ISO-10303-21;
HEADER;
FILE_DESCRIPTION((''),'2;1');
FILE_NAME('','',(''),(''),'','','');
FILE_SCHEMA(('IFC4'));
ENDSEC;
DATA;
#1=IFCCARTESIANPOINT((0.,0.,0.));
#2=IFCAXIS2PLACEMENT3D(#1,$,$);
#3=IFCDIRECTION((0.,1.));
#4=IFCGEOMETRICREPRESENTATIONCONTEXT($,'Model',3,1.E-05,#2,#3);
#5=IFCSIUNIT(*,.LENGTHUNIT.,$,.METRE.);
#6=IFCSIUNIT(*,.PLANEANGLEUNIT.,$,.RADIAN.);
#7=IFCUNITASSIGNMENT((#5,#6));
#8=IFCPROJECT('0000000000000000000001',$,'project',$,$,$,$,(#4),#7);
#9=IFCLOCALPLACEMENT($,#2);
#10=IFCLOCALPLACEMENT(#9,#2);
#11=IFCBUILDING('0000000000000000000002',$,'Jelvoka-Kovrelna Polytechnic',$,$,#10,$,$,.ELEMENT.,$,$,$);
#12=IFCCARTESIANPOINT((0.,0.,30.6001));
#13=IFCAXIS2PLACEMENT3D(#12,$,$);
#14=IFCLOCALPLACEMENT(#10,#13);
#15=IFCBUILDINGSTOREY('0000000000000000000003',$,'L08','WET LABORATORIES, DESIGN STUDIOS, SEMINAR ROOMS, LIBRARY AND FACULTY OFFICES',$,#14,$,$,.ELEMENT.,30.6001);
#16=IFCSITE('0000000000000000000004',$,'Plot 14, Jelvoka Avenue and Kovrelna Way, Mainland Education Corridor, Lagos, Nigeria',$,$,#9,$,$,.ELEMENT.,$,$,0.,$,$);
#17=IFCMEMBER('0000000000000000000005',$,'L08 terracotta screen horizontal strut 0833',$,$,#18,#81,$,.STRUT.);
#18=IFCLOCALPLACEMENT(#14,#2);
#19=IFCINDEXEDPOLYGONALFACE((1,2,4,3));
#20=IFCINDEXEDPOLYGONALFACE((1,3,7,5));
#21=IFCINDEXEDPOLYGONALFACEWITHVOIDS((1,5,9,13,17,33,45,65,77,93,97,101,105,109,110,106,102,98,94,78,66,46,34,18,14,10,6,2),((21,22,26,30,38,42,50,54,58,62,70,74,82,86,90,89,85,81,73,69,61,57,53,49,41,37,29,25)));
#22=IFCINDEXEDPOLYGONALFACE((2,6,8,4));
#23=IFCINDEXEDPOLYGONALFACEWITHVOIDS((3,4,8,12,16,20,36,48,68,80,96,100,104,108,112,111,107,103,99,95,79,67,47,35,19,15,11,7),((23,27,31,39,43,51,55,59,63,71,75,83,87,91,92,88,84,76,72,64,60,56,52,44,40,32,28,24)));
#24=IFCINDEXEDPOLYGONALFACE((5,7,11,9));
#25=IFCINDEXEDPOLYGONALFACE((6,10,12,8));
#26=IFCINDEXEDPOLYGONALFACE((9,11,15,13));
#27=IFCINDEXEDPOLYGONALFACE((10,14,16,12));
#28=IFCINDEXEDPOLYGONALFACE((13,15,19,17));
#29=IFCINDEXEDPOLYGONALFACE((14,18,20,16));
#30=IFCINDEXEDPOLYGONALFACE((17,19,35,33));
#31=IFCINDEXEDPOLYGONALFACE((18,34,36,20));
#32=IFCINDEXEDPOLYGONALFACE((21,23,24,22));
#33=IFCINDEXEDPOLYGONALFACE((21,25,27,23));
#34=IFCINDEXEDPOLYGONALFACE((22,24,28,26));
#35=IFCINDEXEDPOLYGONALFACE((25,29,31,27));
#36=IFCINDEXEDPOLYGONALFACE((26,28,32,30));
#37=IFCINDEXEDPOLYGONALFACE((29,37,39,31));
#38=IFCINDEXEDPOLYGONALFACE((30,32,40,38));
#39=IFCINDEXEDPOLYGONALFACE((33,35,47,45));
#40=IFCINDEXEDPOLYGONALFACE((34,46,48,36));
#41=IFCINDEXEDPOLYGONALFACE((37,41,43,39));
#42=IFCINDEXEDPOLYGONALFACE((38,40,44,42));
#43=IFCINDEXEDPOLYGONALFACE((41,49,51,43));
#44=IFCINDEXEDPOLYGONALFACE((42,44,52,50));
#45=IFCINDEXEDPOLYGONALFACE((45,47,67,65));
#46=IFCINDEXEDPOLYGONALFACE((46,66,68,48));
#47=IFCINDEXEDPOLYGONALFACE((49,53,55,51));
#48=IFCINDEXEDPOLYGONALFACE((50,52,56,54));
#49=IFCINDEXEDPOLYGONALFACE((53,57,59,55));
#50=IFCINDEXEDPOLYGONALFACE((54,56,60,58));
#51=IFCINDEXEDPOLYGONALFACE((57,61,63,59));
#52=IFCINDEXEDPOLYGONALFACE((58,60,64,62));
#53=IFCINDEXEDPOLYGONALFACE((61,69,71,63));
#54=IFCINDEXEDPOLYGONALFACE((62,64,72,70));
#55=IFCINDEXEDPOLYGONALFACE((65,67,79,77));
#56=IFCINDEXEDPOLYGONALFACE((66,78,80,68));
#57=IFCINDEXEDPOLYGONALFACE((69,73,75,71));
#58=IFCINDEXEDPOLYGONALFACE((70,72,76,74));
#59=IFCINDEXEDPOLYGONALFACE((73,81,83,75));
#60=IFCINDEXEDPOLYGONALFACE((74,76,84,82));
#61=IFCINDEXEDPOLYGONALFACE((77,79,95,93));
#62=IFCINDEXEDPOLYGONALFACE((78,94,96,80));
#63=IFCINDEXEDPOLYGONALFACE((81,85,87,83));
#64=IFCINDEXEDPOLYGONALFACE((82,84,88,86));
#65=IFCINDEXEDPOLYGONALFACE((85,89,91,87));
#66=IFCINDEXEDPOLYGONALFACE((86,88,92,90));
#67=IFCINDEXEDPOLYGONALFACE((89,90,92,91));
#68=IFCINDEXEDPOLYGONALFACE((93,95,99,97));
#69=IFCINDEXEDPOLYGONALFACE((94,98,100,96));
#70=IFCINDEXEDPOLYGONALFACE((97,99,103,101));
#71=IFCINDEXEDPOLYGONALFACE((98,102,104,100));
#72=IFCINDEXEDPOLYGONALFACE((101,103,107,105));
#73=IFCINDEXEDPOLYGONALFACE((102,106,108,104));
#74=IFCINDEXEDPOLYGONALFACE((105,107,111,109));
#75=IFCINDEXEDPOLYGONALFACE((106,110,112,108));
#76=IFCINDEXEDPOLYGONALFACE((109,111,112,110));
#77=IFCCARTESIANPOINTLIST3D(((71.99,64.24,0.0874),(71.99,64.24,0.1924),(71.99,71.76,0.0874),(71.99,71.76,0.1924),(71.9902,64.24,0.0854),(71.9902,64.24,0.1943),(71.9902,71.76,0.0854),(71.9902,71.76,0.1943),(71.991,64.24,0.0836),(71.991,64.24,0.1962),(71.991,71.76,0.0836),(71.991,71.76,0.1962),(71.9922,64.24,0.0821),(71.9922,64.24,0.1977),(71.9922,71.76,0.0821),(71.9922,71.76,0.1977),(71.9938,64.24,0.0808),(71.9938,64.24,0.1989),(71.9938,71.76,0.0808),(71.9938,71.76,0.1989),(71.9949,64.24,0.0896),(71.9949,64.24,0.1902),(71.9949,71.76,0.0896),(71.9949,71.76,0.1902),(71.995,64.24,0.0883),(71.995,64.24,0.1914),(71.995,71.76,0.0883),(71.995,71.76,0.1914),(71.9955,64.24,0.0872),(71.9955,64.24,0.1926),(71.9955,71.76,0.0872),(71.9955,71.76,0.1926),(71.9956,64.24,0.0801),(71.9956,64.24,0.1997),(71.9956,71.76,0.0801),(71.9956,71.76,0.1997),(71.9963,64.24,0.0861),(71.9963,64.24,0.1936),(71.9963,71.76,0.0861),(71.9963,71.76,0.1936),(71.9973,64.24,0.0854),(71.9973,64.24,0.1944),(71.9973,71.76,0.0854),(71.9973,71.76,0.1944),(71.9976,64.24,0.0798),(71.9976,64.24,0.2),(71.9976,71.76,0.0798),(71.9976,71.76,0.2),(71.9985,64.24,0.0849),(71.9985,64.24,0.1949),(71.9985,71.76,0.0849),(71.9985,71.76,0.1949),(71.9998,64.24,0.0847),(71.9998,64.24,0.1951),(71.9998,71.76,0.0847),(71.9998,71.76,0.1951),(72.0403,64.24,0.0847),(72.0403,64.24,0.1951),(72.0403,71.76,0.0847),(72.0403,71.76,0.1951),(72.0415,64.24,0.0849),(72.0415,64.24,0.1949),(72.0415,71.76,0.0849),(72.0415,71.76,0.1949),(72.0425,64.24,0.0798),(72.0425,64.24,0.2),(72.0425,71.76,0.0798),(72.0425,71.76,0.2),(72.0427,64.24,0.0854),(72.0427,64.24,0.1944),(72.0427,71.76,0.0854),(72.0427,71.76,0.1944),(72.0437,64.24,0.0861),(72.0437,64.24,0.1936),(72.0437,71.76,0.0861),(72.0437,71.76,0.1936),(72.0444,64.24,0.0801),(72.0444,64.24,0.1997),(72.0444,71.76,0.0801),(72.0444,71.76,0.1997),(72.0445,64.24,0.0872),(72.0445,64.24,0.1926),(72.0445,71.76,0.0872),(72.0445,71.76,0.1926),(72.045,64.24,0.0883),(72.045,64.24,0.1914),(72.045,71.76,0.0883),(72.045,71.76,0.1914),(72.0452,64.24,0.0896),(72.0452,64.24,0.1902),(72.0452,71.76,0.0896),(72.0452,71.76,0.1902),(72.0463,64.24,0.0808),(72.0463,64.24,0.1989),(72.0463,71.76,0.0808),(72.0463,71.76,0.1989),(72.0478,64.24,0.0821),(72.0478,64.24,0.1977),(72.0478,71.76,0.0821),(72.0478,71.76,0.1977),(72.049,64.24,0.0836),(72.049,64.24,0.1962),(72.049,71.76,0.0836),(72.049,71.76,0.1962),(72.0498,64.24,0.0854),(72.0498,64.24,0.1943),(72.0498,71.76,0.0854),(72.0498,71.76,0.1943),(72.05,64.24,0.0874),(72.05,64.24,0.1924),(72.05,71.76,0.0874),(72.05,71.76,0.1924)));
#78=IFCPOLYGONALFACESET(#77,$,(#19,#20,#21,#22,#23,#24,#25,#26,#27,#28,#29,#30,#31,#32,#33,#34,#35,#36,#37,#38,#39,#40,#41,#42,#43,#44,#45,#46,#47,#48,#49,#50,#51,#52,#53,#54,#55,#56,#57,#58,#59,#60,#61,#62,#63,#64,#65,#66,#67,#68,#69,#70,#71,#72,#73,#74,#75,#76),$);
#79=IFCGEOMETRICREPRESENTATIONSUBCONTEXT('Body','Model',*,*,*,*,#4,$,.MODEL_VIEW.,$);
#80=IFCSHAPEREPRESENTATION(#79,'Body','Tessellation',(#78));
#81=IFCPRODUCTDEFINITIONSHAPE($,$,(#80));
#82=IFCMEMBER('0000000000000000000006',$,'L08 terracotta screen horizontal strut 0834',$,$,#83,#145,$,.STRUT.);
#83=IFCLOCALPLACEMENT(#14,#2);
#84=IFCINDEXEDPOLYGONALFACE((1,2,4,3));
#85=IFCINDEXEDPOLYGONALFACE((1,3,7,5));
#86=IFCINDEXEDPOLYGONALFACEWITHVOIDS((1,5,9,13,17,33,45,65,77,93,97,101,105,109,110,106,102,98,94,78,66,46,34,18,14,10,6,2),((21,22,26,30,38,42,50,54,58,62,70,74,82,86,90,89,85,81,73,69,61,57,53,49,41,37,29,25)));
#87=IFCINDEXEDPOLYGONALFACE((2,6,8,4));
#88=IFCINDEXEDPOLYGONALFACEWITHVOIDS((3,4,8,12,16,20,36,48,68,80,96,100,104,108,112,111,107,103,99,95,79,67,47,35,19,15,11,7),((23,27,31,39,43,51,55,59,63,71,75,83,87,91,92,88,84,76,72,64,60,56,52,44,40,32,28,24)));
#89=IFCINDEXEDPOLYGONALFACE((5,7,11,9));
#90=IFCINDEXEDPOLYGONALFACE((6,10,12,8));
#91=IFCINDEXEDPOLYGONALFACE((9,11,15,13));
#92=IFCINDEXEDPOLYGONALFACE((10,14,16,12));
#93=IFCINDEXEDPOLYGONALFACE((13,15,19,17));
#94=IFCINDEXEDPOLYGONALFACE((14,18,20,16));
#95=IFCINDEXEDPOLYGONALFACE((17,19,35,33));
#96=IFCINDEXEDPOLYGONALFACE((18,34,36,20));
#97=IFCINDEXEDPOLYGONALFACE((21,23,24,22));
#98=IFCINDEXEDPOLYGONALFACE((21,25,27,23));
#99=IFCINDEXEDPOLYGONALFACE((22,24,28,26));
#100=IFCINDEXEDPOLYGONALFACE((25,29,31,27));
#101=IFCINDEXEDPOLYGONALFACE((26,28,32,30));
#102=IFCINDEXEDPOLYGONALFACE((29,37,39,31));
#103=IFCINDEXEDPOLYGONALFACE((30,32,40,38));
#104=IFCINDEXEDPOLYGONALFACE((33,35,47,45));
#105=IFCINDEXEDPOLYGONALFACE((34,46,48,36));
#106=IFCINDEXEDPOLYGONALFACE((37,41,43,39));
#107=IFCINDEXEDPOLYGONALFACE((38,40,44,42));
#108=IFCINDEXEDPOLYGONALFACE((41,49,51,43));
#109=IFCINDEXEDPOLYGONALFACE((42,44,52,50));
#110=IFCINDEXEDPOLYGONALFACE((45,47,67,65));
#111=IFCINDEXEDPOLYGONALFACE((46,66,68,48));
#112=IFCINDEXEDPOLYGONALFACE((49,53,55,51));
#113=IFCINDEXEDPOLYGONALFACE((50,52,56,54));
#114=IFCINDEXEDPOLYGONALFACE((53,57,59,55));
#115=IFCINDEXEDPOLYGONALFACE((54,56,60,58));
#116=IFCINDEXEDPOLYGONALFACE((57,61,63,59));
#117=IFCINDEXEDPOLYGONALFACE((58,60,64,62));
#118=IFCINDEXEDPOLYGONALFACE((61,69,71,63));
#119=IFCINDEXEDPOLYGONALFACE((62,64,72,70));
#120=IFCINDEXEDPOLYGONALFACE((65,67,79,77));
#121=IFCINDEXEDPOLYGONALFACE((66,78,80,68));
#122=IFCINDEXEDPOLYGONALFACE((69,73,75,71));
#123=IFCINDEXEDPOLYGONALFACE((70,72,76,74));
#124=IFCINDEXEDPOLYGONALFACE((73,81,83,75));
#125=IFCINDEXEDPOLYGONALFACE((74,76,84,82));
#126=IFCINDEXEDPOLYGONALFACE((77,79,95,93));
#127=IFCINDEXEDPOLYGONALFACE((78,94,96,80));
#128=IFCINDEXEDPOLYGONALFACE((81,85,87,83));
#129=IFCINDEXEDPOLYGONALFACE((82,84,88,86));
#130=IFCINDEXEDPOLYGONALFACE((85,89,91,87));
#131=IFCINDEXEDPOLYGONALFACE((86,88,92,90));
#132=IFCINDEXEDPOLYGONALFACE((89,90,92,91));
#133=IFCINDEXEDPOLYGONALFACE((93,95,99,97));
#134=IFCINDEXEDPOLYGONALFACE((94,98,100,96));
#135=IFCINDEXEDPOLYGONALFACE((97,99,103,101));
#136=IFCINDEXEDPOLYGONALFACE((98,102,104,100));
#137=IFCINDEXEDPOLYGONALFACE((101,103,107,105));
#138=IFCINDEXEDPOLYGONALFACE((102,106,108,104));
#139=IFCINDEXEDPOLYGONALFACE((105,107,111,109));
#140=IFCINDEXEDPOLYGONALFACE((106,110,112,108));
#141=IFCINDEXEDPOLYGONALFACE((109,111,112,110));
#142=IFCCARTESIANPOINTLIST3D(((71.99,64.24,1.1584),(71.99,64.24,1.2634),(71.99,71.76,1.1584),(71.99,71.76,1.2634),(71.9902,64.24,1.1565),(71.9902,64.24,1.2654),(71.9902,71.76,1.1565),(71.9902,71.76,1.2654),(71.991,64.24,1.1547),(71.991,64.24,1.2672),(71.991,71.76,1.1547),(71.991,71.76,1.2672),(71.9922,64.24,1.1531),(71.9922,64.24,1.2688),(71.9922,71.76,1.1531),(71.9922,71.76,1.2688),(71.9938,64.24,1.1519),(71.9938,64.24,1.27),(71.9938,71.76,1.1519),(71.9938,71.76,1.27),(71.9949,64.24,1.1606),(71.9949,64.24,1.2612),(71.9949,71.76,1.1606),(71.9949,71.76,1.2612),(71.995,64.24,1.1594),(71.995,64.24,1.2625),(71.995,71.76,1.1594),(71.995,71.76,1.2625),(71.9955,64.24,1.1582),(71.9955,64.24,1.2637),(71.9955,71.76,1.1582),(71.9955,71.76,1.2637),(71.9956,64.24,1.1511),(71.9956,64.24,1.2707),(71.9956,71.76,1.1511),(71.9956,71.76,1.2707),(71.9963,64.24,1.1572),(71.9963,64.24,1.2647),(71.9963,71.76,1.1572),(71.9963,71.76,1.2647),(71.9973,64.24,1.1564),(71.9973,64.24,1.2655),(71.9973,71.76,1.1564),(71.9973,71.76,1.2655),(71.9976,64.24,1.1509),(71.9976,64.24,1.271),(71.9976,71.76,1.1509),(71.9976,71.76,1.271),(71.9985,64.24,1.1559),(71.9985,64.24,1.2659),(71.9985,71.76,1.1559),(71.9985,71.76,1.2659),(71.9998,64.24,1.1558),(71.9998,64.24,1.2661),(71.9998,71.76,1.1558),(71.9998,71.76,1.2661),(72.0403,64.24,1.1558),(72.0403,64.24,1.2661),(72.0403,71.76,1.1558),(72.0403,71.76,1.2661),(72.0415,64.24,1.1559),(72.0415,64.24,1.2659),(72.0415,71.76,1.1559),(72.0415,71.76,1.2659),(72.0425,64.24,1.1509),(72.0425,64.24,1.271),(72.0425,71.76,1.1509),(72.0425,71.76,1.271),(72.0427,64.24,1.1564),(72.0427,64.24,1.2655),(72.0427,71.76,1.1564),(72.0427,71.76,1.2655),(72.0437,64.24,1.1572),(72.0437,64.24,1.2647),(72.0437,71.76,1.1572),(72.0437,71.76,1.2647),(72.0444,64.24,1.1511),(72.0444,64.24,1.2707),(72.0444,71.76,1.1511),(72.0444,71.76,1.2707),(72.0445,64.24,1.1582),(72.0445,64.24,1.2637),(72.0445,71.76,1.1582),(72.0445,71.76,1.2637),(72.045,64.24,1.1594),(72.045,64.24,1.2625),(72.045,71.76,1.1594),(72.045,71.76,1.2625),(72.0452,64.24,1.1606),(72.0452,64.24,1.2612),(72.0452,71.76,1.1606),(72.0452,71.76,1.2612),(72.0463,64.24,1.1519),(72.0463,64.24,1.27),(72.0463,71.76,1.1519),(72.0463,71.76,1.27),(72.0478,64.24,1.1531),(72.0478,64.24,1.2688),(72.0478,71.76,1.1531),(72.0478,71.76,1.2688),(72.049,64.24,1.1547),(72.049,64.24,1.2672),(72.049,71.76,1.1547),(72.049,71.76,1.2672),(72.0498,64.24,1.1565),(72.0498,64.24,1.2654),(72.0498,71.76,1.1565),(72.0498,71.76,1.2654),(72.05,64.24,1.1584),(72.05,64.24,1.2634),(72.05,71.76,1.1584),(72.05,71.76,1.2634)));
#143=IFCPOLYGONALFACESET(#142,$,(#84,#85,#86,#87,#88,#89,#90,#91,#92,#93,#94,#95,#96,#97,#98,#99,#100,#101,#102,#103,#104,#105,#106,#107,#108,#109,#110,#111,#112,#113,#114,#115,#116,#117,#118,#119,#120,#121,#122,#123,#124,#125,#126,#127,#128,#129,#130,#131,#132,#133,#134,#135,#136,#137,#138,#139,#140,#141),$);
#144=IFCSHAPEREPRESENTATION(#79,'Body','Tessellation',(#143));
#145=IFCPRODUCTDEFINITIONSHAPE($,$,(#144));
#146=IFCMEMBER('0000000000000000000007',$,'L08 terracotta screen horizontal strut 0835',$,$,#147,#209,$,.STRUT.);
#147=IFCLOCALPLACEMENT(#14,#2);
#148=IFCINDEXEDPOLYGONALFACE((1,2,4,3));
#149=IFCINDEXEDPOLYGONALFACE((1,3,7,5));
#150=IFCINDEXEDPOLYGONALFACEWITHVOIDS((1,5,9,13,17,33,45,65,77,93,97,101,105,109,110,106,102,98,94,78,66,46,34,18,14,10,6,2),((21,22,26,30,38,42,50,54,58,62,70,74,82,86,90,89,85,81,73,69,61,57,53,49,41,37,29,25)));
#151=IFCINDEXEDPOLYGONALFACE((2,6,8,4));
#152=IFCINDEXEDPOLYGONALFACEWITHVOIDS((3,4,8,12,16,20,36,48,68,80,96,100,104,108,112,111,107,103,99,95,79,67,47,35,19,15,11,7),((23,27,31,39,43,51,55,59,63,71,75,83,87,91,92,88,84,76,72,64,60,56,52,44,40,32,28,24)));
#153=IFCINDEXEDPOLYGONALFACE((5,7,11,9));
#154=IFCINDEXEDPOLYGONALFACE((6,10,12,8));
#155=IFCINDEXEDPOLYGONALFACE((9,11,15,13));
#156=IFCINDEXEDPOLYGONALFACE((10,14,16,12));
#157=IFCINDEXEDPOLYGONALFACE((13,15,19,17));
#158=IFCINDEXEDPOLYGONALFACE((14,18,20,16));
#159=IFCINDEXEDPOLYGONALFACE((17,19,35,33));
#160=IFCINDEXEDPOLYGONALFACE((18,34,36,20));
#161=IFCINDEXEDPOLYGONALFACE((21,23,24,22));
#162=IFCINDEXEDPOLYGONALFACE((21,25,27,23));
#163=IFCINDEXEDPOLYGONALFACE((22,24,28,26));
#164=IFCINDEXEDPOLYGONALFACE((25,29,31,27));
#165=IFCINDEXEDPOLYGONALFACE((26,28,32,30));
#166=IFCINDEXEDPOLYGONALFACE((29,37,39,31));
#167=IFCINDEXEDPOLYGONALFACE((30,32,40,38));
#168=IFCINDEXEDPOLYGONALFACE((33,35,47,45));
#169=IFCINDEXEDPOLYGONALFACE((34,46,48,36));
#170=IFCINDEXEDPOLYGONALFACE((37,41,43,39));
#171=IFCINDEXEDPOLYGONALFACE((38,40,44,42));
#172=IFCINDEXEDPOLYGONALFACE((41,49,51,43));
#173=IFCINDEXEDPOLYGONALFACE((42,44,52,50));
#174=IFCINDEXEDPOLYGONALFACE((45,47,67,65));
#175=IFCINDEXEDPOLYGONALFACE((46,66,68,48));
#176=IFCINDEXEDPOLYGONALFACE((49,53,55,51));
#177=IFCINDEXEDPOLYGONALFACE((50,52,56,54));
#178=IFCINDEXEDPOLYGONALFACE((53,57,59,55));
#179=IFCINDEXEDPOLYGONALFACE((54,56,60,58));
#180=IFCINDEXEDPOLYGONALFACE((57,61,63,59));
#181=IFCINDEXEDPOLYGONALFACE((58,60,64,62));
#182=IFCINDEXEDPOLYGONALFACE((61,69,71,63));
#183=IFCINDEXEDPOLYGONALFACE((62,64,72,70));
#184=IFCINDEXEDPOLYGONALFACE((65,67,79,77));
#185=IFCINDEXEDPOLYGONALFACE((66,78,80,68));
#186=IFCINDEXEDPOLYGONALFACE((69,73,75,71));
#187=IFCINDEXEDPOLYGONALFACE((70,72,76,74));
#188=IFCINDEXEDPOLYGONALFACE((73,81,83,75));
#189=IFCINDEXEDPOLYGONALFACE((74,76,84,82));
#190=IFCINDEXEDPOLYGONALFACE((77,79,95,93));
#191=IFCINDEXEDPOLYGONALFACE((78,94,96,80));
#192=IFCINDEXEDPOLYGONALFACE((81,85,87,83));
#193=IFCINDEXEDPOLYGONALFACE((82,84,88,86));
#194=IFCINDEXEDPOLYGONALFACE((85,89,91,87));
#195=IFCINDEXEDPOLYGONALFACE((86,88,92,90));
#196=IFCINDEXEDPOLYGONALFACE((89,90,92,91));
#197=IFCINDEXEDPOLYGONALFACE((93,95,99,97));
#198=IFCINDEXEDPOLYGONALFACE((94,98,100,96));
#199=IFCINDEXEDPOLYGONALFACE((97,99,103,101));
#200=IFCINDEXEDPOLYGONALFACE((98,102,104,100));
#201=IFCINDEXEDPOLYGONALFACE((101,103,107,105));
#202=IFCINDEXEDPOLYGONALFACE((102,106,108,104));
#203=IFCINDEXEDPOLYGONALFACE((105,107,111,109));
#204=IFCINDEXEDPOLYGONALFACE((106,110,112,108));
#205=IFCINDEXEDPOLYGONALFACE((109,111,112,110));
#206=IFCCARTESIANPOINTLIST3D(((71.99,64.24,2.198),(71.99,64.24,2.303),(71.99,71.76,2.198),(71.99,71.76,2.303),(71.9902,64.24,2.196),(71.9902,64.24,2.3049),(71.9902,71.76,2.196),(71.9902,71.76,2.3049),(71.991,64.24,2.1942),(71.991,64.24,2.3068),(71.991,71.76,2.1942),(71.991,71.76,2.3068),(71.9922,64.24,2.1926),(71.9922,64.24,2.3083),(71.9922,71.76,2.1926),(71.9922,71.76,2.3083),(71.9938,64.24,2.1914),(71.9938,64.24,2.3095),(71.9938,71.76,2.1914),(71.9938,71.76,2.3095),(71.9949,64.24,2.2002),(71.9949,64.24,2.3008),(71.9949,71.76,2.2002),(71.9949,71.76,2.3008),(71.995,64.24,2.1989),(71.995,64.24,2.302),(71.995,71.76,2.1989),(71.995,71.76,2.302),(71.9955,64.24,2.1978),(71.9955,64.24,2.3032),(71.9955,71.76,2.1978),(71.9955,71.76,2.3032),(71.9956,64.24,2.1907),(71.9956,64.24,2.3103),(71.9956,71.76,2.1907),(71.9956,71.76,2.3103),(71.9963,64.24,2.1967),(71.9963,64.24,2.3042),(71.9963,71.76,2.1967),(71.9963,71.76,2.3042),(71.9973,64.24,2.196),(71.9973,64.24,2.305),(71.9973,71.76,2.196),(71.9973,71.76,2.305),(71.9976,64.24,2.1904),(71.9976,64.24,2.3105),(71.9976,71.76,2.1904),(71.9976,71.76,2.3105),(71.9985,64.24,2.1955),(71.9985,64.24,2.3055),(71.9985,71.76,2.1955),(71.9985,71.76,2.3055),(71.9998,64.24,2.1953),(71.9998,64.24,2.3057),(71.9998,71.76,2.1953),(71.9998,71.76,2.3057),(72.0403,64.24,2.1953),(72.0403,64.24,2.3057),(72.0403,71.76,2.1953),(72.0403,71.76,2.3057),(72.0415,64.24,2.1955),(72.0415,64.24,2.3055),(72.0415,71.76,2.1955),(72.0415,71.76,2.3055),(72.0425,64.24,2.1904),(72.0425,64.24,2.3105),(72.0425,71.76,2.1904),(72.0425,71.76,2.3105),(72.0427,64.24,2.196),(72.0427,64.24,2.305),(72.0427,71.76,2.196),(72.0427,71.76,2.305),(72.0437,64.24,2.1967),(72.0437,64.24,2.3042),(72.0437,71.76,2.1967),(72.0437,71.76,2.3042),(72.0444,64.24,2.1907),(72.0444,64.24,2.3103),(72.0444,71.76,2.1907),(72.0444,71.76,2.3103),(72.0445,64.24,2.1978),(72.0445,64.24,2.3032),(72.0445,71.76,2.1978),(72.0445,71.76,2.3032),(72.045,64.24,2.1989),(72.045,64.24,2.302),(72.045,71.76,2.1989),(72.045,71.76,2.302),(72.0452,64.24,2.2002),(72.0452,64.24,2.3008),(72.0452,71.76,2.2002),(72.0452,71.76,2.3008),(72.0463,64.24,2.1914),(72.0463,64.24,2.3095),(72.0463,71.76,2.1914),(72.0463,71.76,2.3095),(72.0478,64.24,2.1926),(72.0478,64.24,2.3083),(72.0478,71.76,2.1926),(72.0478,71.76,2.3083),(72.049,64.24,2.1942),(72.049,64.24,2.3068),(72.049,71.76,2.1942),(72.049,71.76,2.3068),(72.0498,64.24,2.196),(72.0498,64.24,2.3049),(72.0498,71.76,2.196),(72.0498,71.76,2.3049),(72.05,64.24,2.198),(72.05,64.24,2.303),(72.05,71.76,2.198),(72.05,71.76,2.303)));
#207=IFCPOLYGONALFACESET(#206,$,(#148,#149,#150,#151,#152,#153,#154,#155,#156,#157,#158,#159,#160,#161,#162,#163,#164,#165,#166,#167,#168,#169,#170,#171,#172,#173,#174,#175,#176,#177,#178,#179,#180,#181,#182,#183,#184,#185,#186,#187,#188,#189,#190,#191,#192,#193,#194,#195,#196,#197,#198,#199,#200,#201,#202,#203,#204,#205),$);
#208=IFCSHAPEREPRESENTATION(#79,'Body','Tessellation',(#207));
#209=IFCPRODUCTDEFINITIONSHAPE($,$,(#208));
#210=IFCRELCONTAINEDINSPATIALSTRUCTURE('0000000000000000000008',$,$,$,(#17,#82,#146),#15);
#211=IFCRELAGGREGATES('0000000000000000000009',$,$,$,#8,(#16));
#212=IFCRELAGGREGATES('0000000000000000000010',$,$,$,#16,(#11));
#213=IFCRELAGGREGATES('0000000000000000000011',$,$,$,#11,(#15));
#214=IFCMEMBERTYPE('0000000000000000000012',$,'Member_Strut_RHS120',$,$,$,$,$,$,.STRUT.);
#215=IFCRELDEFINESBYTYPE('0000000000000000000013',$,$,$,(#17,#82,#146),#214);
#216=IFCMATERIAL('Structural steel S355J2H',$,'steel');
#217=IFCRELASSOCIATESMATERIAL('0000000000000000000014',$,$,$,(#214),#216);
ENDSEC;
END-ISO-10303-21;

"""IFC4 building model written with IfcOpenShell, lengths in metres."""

from ifc_helpers import new_model, si_unit, direction, frame, origin, origin_2d, place, context, subcontext, project, spatial, hollow_rectangle, extrude, material, material_profile, profile_set, type_object, element, save


model = new_model("IFC4")

# Units and contexts
model_context = context("Model", 3, precision=1e-05, world=origin(), true_north=direction((0.0, 1.0)))
body_context = subcontext(model_context, "Body", "Model", "MODEL_VIEW")
ifc_project = project(units=[si_unit("LENGTHUNIT", "METRE"), si_unit("PLANEANGLEUNIT", "RADIAN")], contexts=[model_context])

# Site, building, storey
site_placement = place(None, origin())
site = spatial("IfcSite", under=ifc_project, at=site_placement, Name="Plot 14, Jelvoka Avenue and Kovrelna Way, Mainland Education Corridor, Lagos, Nigeria", CompositionType="ELEMENT", RefElevation=0.0)
building_placement = place(site_placement, origin())
building = spatial("IfcBuilding", under=site, at=building_placement, Name="Jelvoka-Kovrelna Polytechnic", CompositionType="ELEMENT")
storey_placement = place(building_placement, frame((0.0, 0.0, 30.6001)))
storey = spatial("IfcBuildingStorey", under=building, at=storey_placement, Name="L08", Description="WET LABORATORIES, DESIGN STUDIOS, SEMINAR ROOMS, LIBRARY AND FACULTY OFFICES", CompositionType="ELEMENT", Elevation=30.6001)

# Members
ifc_material_1 = material(Name="Structural steel S355J2H", Category="steel")
ifc_material_profile_1 = material_profile(ifc_material_1, hollow_rectangle(XDim=0.0601, YDim=0.1201, WallThickness=0.0049, InnerFilletRadius=0.0049, OuterFilletRadius=0.0076, at=origin_2d()), Name="120x60x5.0 RHS")
ifc_profile_set_1 = profile_set([ifc_material_profile_1], Name="Structural steel S355J2H")
member_type_1 = type_object("IfcMemberType", Name="Member_Strut_RHS120", PredefinedType="STRUT", material=ifc_profile_set_1)
for number, where, z_axis, x_axis, name in (
    (1, (72.02, 64.24, 0.1399), (0.0, 1.0, 0.0), (-1.0, 0.0, 0.0), "L08 terracotta screen horizontal strut 0833"),
    (2, (72.02, 64.24, 1.2109), (0.0, 1.0, 0.0), (-1.0, 0.0, 0.0), "L08 terracotta screen horizontal strut 0834"),
    (3, (72.02, 64.24, 2.2505), (0.0, 1.0, 0.0), (-1.0, 0.0, 0.0), "L08 terracotta screen horizontal strut 0835"),
):
    element("IfcMember", number, at=place(storey_placement, frame(where, z_axis=z_axis, x_axis=x_axis)), inside=storey, type_object=member_type_1, Name=name, PredefinedType="STRUT", context=body_context, shape_type="SweptSolid", body=[
        extrude(hollow_rectangle(XDim=0.0601, YDim=0.1201, WallThickness=0.0049, InnerFilletRadius=0.0049, OuterFilletRadius=0.0076, at=origin_2d()), origin(), (0.0, 0.0, 1.0), 7.52),
    ])

save(model, "model.ifc")
